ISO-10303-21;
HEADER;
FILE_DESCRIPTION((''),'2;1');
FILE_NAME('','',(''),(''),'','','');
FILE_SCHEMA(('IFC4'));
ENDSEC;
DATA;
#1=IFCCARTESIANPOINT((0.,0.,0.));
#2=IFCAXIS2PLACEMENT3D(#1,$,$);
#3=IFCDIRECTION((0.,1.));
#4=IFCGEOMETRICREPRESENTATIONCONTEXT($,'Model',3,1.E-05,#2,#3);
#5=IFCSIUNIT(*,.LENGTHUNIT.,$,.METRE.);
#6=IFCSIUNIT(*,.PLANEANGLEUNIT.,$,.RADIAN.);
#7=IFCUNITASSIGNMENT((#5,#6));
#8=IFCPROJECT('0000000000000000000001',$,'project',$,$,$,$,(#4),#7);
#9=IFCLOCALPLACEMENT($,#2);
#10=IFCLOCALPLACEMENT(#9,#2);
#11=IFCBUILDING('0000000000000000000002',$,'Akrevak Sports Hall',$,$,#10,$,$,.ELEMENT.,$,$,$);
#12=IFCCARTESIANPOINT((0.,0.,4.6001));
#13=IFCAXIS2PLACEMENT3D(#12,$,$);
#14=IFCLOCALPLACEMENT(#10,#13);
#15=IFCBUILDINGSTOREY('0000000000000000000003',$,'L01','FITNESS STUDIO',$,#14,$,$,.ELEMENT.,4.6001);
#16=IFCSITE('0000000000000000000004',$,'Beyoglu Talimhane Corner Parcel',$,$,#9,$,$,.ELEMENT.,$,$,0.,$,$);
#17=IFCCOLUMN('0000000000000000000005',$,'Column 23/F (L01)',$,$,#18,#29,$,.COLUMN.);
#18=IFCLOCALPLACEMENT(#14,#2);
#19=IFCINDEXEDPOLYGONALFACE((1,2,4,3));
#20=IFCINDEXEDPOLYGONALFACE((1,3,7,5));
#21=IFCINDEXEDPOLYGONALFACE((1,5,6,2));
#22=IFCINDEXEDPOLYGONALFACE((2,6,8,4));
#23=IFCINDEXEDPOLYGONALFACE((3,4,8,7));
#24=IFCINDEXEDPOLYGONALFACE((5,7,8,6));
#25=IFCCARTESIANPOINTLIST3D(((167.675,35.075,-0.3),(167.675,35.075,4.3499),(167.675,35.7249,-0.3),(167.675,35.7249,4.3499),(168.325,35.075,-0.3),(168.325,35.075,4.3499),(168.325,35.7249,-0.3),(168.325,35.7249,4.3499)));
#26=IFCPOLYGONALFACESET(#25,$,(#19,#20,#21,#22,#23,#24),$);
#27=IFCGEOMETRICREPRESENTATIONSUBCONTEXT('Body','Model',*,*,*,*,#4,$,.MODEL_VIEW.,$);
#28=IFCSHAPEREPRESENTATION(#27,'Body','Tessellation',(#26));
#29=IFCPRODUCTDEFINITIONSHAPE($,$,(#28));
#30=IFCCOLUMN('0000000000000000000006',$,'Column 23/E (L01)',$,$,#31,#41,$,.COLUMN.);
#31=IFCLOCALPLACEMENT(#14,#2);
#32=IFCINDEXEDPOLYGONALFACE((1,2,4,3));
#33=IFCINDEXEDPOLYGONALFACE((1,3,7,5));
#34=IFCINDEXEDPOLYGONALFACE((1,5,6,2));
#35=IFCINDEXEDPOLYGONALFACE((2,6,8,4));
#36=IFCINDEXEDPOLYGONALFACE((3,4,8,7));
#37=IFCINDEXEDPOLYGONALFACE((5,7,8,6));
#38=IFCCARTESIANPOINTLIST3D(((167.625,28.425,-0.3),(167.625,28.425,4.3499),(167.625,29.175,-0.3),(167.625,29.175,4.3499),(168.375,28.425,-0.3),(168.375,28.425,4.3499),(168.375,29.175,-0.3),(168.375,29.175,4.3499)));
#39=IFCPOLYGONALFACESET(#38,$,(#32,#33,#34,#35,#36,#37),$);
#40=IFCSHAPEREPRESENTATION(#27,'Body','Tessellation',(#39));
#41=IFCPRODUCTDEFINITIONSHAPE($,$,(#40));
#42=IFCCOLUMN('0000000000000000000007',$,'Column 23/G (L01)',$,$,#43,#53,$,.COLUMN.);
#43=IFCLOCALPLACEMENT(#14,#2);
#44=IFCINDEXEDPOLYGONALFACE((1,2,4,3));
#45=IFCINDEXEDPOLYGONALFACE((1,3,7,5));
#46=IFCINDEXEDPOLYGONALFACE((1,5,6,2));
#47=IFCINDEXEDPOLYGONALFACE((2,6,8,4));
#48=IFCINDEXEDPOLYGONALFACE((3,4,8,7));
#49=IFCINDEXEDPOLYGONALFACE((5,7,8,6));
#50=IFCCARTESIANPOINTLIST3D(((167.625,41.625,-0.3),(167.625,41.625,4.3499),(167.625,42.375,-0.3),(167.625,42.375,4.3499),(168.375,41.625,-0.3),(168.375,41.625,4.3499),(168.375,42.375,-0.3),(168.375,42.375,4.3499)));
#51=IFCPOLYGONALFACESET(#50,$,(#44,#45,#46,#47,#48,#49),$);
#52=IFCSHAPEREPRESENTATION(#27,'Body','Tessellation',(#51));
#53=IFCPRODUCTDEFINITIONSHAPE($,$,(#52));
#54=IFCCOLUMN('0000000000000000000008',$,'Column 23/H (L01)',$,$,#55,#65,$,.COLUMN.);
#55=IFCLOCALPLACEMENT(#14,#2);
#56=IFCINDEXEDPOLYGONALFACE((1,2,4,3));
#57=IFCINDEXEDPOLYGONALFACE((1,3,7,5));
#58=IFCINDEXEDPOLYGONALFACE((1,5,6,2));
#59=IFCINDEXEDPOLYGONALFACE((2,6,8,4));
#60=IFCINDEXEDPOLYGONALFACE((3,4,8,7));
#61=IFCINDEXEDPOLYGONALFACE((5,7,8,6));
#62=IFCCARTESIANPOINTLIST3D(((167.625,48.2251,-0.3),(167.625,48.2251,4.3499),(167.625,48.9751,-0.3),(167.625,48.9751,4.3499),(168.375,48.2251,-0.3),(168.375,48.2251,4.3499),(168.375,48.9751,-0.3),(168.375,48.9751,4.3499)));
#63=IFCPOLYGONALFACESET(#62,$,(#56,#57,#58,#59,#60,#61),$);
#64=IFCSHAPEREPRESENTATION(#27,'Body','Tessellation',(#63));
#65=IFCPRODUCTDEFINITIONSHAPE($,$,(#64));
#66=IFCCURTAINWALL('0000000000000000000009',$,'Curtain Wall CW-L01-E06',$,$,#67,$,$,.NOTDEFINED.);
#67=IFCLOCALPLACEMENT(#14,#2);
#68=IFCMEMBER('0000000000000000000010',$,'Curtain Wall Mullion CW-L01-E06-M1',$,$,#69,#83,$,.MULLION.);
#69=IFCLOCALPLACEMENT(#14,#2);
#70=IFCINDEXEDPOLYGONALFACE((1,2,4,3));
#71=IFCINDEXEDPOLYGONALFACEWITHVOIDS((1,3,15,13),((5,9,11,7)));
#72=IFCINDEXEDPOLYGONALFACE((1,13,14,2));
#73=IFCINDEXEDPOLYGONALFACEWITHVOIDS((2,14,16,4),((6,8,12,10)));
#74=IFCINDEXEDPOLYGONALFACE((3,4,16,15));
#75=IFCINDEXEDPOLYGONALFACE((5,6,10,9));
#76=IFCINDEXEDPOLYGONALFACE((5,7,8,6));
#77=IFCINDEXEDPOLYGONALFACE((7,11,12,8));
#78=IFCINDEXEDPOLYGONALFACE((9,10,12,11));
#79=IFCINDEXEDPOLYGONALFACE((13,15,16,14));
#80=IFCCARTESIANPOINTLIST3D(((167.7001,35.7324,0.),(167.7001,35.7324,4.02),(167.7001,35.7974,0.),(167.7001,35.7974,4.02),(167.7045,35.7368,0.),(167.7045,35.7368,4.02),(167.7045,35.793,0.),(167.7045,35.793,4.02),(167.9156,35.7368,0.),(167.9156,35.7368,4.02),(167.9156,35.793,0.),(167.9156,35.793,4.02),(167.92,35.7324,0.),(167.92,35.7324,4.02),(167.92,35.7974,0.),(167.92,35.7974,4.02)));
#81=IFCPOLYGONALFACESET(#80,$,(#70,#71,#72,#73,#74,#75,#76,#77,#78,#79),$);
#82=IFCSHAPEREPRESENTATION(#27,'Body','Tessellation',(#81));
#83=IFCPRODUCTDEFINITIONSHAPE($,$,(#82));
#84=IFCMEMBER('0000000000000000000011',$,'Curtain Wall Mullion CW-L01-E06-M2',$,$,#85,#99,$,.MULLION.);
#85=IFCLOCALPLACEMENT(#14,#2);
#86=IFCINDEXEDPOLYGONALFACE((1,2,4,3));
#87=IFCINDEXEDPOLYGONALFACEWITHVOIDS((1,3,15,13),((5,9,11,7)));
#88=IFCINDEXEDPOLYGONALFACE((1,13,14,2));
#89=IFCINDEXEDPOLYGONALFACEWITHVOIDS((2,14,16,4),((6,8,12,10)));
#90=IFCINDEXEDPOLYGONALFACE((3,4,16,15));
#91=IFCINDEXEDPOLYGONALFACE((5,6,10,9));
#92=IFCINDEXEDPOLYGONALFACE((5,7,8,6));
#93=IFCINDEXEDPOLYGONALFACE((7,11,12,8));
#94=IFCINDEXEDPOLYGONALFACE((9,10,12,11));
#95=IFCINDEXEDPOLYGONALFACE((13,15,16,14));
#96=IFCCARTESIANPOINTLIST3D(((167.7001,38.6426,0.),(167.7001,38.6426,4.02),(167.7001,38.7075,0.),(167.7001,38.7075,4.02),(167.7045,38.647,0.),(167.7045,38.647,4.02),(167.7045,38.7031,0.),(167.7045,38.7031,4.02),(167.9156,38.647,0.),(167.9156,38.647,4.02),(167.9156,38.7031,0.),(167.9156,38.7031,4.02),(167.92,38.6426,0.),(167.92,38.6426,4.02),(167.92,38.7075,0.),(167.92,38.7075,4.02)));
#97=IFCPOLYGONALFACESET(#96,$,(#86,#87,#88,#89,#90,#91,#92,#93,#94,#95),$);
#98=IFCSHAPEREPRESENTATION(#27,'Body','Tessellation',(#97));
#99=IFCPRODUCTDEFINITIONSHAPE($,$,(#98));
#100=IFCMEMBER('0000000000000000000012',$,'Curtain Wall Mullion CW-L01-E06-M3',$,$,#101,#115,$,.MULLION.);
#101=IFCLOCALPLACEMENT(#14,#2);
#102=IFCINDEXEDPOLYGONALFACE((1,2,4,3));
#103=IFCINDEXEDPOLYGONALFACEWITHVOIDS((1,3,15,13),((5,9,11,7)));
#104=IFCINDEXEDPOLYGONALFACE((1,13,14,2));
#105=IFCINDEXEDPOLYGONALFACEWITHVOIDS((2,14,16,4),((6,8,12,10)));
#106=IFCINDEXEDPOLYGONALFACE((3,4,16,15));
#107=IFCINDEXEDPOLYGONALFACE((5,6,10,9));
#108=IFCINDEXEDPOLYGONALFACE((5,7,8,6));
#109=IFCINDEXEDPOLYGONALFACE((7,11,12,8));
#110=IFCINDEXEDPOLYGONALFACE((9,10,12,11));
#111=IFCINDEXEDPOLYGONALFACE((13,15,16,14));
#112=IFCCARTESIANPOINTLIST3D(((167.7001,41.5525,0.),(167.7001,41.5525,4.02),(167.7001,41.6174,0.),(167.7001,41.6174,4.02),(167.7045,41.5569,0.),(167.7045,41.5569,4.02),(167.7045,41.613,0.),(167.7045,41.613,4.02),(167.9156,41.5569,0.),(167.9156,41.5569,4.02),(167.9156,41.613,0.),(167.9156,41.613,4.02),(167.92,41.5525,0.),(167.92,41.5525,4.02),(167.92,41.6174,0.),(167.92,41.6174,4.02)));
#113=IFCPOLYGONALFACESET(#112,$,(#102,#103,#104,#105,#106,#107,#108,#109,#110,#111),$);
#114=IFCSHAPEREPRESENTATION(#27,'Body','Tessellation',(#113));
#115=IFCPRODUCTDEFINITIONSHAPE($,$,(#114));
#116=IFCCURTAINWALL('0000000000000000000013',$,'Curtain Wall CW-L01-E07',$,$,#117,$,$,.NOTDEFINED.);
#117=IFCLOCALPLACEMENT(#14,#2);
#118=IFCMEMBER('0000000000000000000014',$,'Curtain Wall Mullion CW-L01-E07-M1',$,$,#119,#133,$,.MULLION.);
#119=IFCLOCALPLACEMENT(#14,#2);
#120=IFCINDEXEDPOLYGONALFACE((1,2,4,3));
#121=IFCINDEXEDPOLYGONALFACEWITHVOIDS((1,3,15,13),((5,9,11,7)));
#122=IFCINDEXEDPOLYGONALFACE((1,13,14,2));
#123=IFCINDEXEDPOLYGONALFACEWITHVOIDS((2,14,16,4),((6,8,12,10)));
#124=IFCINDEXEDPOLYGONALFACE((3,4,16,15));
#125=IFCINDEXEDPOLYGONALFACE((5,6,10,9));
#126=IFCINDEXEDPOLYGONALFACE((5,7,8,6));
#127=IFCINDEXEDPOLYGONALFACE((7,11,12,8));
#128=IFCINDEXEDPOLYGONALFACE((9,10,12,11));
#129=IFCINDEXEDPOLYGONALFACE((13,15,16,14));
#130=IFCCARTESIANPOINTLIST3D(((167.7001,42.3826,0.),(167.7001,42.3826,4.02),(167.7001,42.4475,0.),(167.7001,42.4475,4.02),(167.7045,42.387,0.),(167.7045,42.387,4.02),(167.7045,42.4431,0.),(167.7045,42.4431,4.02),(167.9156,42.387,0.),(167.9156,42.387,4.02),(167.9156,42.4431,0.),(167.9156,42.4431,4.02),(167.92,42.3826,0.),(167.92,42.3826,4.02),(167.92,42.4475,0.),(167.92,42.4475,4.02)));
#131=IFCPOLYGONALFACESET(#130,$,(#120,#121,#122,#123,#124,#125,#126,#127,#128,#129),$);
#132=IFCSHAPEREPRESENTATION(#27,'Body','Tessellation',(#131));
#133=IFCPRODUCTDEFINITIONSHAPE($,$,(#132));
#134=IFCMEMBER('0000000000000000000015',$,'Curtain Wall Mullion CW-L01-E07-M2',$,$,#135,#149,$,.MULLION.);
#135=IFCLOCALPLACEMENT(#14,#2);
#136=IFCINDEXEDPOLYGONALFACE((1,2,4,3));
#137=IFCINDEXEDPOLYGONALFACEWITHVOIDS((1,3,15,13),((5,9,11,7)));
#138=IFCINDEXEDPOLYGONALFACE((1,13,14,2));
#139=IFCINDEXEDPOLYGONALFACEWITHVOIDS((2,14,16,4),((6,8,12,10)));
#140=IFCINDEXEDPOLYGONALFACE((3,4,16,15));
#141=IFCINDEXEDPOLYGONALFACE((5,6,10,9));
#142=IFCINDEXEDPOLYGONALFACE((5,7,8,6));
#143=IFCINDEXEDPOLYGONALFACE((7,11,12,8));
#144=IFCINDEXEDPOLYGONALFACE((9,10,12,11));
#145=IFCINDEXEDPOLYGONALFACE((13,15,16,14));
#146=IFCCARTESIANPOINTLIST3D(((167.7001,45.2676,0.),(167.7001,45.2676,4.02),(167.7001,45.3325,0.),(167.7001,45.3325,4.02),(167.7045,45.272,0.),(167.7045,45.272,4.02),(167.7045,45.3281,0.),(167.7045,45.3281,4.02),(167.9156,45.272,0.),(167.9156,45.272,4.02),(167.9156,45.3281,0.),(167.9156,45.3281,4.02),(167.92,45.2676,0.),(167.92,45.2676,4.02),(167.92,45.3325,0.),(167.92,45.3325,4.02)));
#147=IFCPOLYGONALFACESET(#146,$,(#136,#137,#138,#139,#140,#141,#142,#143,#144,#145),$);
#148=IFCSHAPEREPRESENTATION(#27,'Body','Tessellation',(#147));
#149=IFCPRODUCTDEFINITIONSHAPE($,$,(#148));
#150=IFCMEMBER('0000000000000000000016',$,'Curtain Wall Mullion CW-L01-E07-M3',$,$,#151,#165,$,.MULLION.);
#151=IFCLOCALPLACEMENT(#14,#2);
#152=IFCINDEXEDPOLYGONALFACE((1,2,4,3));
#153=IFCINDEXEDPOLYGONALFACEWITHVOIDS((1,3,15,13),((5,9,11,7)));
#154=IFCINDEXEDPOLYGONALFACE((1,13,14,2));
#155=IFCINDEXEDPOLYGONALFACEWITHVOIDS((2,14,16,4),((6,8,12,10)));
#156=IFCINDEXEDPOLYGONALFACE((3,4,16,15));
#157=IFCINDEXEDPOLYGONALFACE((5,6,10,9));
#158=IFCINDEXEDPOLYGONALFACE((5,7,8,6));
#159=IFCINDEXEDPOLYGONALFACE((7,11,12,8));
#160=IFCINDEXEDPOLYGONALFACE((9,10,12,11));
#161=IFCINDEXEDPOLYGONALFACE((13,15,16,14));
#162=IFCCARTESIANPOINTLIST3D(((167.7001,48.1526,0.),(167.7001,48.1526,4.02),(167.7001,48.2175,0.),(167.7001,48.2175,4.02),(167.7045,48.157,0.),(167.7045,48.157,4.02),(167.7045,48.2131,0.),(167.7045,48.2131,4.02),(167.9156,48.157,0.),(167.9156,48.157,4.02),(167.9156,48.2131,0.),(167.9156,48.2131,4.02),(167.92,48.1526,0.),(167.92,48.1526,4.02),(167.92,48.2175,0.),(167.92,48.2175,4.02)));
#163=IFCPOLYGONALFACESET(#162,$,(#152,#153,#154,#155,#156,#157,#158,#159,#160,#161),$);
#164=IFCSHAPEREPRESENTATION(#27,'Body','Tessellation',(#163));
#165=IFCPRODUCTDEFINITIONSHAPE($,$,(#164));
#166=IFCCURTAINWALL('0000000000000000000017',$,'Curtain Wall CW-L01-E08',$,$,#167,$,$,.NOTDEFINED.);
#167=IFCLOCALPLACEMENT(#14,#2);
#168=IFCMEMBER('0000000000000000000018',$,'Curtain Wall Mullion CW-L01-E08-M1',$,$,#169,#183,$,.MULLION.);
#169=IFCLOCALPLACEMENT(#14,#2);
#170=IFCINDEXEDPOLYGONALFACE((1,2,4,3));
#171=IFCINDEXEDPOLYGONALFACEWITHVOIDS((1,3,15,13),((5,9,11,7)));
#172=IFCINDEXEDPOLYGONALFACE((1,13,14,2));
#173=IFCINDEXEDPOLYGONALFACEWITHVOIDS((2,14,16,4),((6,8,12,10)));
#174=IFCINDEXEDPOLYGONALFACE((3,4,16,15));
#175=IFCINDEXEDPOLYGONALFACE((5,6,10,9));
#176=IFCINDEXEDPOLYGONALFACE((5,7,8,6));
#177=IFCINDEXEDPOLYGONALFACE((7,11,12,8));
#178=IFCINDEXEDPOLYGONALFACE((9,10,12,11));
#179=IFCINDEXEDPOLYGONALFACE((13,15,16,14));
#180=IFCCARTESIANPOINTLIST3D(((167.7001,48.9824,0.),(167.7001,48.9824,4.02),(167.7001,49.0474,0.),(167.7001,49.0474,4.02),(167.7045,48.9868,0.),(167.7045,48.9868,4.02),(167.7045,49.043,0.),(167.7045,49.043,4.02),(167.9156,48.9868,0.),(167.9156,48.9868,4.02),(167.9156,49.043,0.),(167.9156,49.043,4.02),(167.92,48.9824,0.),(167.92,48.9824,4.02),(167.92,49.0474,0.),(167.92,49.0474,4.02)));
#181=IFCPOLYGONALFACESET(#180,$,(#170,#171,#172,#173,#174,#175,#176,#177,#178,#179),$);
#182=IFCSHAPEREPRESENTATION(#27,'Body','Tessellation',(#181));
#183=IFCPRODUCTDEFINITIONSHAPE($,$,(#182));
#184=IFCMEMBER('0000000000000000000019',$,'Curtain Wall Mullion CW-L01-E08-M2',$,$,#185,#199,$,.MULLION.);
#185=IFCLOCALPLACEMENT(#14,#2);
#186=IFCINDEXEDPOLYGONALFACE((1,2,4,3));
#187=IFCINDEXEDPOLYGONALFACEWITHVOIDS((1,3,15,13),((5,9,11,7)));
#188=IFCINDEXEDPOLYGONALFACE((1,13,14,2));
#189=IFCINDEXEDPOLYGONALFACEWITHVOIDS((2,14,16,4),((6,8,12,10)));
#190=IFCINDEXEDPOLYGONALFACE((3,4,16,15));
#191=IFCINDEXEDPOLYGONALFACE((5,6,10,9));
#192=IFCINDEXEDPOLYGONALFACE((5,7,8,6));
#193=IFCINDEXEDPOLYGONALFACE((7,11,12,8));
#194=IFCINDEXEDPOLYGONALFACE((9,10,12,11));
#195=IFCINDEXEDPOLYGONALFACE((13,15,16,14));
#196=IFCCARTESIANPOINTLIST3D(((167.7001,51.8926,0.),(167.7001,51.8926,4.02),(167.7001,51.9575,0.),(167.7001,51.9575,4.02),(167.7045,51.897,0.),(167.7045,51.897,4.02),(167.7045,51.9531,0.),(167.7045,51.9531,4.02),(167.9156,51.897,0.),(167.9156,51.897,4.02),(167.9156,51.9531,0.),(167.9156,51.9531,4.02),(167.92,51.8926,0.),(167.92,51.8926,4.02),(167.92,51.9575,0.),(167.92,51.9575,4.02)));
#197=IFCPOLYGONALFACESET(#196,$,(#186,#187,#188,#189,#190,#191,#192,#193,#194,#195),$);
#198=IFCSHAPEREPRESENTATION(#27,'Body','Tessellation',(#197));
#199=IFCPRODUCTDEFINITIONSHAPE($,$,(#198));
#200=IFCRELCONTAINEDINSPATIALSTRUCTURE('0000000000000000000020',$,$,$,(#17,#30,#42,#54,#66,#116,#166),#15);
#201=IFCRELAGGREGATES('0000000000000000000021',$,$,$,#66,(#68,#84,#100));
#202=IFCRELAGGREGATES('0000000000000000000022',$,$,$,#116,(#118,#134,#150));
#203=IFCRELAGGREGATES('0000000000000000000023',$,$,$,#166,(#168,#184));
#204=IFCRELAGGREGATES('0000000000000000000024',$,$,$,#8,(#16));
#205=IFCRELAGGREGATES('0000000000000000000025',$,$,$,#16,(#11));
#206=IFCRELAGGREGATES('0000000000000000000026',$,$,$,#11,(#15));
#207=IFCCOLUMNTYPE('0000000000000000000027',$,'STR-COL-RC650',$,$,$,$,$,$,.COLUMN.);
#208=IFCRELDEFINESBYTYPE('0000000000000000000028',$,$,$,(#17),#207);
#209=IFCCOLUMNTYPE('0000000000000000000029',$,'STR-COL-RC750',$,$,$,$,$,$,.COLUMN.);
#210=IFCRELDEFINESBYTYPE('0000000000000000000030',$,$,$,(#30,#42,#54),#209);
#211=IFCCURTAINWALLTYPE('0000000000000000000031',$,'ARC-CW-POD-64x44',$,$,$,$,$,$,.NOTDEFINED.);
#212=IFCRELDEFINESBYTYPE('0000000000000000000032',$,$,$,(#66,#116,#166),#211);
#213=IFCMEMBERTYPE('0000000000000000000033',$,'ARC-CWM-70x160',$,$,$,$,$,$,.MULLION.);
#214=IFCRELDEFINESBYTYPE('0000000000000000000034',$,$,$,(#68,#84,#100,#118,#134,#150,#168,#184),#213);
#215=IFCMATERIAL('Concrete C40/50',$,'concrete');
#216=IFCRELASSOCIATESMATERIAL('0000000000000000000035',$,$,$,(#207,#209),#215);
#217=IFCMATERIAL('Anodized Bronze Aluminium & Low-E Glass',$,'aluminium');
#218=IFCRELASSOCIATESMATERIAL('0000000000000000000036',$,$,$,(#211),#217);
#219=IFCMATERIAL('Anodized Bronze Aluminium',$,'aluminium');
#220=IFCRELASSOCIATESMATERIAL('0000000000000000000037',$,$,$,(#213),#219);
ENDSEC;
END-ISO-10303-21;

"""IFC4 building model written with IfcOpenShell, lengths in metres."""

from ifc_helpers import new_model, si_unit, direction, frame, origin, origin_2d, place, context, subcontext, project, spatial, rectangle, hollow_rectangle, extrude, material, material_profile, profile_set, type_object, element, aggregate, save


model = new_model("IFC4")

# Units and contexts
model_context = context("Model", 3, precision=1e-05, world=origin(), true_north=direction((0.0, 1.0)))
body_context = subcontext(model_context, "Body", "Model", "MODEL_VIEW")
ifc_project = project(units=[si_unit("LENGTHUNIT", "METRE"), si_unit("PLANEANGLEUNIT", "RADIAN")], contexts=[model_context])

# Site, building, storey
site_placement = place(None, origin())
site = spatial("IfcSite", under=ifc_project, at=site_placement, Name="Beyoglu Talimhane Corner Parcel", CompositionType="ELEMENT", RefElevation=0.0)
building_placement = place(site_placement, origin())
building = spatial("IfcBuilding", under=site, at=building_placement, Name="Akrevak Sports Hall", CompositionType="ELEMENT")
storey_placement = place(building_placement, frame((0.0, 0.0, 4.6001)))
storey = spatial("IfcBuildingStorey", under=building, at=storey_placement, Name="L01", Description="FITNESS STUDIO", CompositionType="ELEMENT", Elevation=4.6001)

# Columns
ifc_material_1 = material(Name="Concrete C40/50", Category="concrete")
ifc_material_profile_1 = material_profile(ifc_material_1, rectangle(XDim=0.6499, YDim=0.6499, at=origin_2d()), Name="RC 650x650", Category="concrete")
ifc_profile_set_1 = profile_set([ifc_material_profile_1], Name="Concrete C40/50")
column_type_1 = type_object("IfcColumnType", Name="STR-COL-RC650", PredefinedType="COLUMN", material=ifc_profile_set_1)
column_placement = place(storey_placement, frame((168.0, 35.3999, -0.3), z_axis=(0.0, 0.0, 1.0), x_axis=(1.0, 0.0, 0.0)))
element("IfcColumn", 1, at=column_placement, inside=storey, type_object=column_type_1, Name="Column 23/F (L01)", PredefinedType="COLUMN", context=body_context, shape_type="SweptSolid", body=[
    extrude(rectangle(XDim=0.6499, YDim=0.6499, at=origin_2d()), origin(), (0.0, 0.0, 1.0), 4.6499),
])
ifc_material_profile_2 = material_profile(ifc_material_1, rectangle(XDim=0.75, YDim=0.75, at=origin_2d()), Name="RC 750x750", Category="concrete")
ifc_profile_set_2 = profile_set([ifc_material_profile_2], Name="Concrete C40/50")
column_type_2 = type_object("IfcColumnType", Name="STR-COL-RC750", PredefinedType="COLUMN", material=ifc_profile_set_2)
for number, where, z_axis, x_axis, name in (
    (2, (168.0, 28.8, -0.3), (0.0, 0.0, 1.0), (1.0, 0.0, 0.0), "Column 23/E (L01)"),
    (3, (168.0, 42.0, -0.3), (0.0, 0.0, 1.0), (1.0, 0.0, 0.0), "Column 23/G (L01)"),
    (4, (168.0, 48.6001, -0.3), (0.0, 0.0, 1.0), (1.0, 0.0, 0.0), "Column 23/H (L01)"),
):
    element("IfcColumn", number, at=place(storey_placement, frame(where, z_axis=z_axis, x_axis=x_axis)), inside=storey, type_object=column_type_2, Name=name, PredefinedType="COLUMN", context=body_context, shape_type="SweptSolid", body=[
        extrude(rectangle(XDim=0.75, YDim=0.75, at=origin_2d()), origin(), (0.0, 0.0, 1.0), 4.6499),
    ])

# Curtain walls, members
ifc_material_2 = material(Name="Anodized Bronze Aluminium & Low-E Glass", Category="aluminium")
curtain_wall_type = type_object("IfcCurtainWallType", Name="ARC-CW-POD-64x44", PredefinedType="NOTDEFINED", material=ifc_material_2)
curtain_wall_1_placement = place(storey_placement, origin())
curtain_wall_1 = element("IfcCurtainWall", 5, at=curtain_wall_1_placement, inside=storey, type_object=curtain_wall_type, Name="Curtain Wall CW-L01-E06", PredefinedType="NOTDEFINED")
ifc_material_3 = material(Name="Anodized Bronze Aluminium", Category="aluminium")
ifc_material_profile_3 = material_profile(ifc_material_3, hollow_rectangle(XDim=0.0649, YDim=0.22, WallThickness=0.0044, at=origin_2d()), Name="CWM 65x220", Category="aluminium")
ifc_profile_set_3 = profile_set([ifc_material_profile_3], Name="Anodized Bronze Aluminium")
member_type_1 = type_object("IfcMemberType", Name="ARC-CWM-70x160", PredefinedType="MULLION", material=ifc_profile_set_3)
member_1_placement = place(storey_placement, frame((167.8101, 35.7649, 0.0), z_axis=(0.0, 0.0, 1.0), x_axis=(0.0, 1.0, 0.0)))
member_1 = element("IfcMember", 6, at=member_1_placement, type_object=member_type_1, Name="Curtain Wall Mullion CW-L01-E06-M1", PredefinedType="MULLION", context=body_context, shape_type="SweptSolid", body=[
    extrude(hollow_rectangle(XDim=0.0649, YDim=0.22, WallThickness=0.0044, at=origin_2d()), origin(), (0.0, 0.0, 1.0), 4.02),
])
member_2_placement = place(storey_placement, frame((167.8101, 38.675, 0.0), z_axis=(0.0, 0.0, 1.0), x_axis=(0.0, 1.0, 0.0)))
member_2 = element("IfcMember", 7, at=member_2_placement, type_object=member_type_1, Name="Curtain Wall Mullion CW-L01-E06-M2", PredefinedType="MULLION", context=body_context, shape_type="SweptSolid", body=[
    extrude(hollow_rectangle(XDim=0.0649, YDim=0.22, WallThickness=0.0044, at=origin_2d()), origin(), (0.0, 0.0, 1.0), 4.02),
])
member_3_placement = place(storey_placement, frame((167.8101, 41.585, 0.0), z_axis=(0.0, 0.0, 1.0), x_axis=(0.0, 1.0, 0.0)))
member_3 = element("IfcMember", 8, at=member_3_placement, type_object=member_type_1, Name="Curtain Wall Mullion CW-L01-E06-M3", PredefinedType="MULLION", context=body_context, shape_type="SweptSolid", body=[
    extrude(hollow_rectangle(XDim=0.0649, YDim=0.22, WallThickness=0.0044, at=origin_2d()), origin(), (0.0, 0.0, 1.0), 4.02),
])
curtain_wall_2_placement = place(storey_placement, origin())
curtain_wall_2 = element("IfcCurtainWall", 9, at=curtain_wall_2_placement, inside=storey, type_object=curtain_wall_type, Name="Curtain Wall CW-L01-E07", PredefinedType="NOTDEFINED")
member_4_placement = place(storey_placement, frame((167.8101, 42.415, 0.0), z_axis=(0.0, 0.0, 1.0), x_axis=(0.0, 1.0, 0.0)))
member_4 = element("IfcMember", 10, at=member_4_placement, type_object=member_type_1, Name="Curtain Wall Mullion CW-L01-E07-M1", PredefinedType="MULLION", context=body_context, shape_type="SweptSolid", body=[
    extrude(hollow_rectangle(XDim=0.0649, YDim=0.22, WallThickness=0.0044, at=origin_2d()), origin(), (0.0, 0.0, 1.0), 4.02),
])
member_5_placement = place(storey_placement, frame((167.8101, 45.3, 0.0), z_axis=(0.0, 0.0, 1.0), x_axis=(0.0, 1.0, 0.0)))
member_5 = element("IfcMember", 11, at=member_5_placement, type_object=member_type_1, Name="Curtain Wall Mullion CW-L01-E07-M2", PredefinedType="MULLION", context=body_context, shape_type="SweptSolid", body=[
    extrude(hollow_rectangle(XDim=0.0649, YDim=0.22, WallThickness=0.0044, at=origin_2d()), origin(), (0.0, 0.0, 1.0), 4.02),
])
member_6_placement = place(storey_placement, frame((167.8101, 48.1851, 0.0), z_axis=(0.0, 0.0, 1.0), x_axis=(0.0, 1.0, 0.0)))
member_6 = element("IfcMember", 12, at=member_6_placement, type_object=member_type_1, Name="Curtain Wall Mullion CW-L01-E07-M3", PredefinedType="MULLION", context=body_context, shape_type="SweptSolid", body=[
    extrude(hollow_rectangle(XDim=0.0649, YDim=0.22, WallThickness=0.0044, at=origin_2d()), origin(), (0.0, 0.0, 1.0), 4.02),
])
curtain_wall_3_placement = place(storey_placement, origin())
curtain_wall_3 = element("IfcCurtainWall", 13, at=curtain_wall_3_placement, inside=storey, type_object=curtain_wall_type, Name="Curtain Wall CW-L01-E08", PredefinedType="NOTDEFINED")
member_7_placement = place(storey_placement, frame((167.8101, 49.0149, 0.0), z_axis=(0.0, 0.0, 1.0), x_axis=(0.0, 1.0, 0.0)))
member_7 = element("IfcMember", 14, at=member_7_placement, type_object=member_type_1, Name="Curtain Wall Mullion CW-L01-E08-M1", PredefinedType="MULLION", context=body_context, shape_type="SweptSolid", body=[
    extrude(hollow_rectangle(XDim=0.0649, YDim=0.22, WallThickness=0.0044, at=origin_2d()), origin(), (0.0, 0.0, 1.0), 4.02),
])
member_8_placement = place(storey_placement, frame((167.8101, 51.925, 0.0), z_axis=(0.0, 0.0, 1.0), x_axis=(0.0, 1.0, 0.0)))
member_8 = element("IfcMember", 15, at=member_8_placement, type_object=member_type_1, Name="Curtain Wall Mullion CW-L01-E08-M2", PredefinedType="MULLION", context=body_context, shape_type="SweptSolid", body=[
    extrude(hollow_rectangle(XDim=0.0649, YDim=0.22, WallThickness=0.0044, at=origin_2d()), origin(), (0.0, 0.0, 1.0), 4.02),
])

aggregate(curtain_wall_1, [member_1, member_2, member_3])
aggregate(curtain_wall_2, [member_4, member_5, member_6])
aggregate(curtain_wall_3, [member_7, member_8])

save(model, "model.ifc")
